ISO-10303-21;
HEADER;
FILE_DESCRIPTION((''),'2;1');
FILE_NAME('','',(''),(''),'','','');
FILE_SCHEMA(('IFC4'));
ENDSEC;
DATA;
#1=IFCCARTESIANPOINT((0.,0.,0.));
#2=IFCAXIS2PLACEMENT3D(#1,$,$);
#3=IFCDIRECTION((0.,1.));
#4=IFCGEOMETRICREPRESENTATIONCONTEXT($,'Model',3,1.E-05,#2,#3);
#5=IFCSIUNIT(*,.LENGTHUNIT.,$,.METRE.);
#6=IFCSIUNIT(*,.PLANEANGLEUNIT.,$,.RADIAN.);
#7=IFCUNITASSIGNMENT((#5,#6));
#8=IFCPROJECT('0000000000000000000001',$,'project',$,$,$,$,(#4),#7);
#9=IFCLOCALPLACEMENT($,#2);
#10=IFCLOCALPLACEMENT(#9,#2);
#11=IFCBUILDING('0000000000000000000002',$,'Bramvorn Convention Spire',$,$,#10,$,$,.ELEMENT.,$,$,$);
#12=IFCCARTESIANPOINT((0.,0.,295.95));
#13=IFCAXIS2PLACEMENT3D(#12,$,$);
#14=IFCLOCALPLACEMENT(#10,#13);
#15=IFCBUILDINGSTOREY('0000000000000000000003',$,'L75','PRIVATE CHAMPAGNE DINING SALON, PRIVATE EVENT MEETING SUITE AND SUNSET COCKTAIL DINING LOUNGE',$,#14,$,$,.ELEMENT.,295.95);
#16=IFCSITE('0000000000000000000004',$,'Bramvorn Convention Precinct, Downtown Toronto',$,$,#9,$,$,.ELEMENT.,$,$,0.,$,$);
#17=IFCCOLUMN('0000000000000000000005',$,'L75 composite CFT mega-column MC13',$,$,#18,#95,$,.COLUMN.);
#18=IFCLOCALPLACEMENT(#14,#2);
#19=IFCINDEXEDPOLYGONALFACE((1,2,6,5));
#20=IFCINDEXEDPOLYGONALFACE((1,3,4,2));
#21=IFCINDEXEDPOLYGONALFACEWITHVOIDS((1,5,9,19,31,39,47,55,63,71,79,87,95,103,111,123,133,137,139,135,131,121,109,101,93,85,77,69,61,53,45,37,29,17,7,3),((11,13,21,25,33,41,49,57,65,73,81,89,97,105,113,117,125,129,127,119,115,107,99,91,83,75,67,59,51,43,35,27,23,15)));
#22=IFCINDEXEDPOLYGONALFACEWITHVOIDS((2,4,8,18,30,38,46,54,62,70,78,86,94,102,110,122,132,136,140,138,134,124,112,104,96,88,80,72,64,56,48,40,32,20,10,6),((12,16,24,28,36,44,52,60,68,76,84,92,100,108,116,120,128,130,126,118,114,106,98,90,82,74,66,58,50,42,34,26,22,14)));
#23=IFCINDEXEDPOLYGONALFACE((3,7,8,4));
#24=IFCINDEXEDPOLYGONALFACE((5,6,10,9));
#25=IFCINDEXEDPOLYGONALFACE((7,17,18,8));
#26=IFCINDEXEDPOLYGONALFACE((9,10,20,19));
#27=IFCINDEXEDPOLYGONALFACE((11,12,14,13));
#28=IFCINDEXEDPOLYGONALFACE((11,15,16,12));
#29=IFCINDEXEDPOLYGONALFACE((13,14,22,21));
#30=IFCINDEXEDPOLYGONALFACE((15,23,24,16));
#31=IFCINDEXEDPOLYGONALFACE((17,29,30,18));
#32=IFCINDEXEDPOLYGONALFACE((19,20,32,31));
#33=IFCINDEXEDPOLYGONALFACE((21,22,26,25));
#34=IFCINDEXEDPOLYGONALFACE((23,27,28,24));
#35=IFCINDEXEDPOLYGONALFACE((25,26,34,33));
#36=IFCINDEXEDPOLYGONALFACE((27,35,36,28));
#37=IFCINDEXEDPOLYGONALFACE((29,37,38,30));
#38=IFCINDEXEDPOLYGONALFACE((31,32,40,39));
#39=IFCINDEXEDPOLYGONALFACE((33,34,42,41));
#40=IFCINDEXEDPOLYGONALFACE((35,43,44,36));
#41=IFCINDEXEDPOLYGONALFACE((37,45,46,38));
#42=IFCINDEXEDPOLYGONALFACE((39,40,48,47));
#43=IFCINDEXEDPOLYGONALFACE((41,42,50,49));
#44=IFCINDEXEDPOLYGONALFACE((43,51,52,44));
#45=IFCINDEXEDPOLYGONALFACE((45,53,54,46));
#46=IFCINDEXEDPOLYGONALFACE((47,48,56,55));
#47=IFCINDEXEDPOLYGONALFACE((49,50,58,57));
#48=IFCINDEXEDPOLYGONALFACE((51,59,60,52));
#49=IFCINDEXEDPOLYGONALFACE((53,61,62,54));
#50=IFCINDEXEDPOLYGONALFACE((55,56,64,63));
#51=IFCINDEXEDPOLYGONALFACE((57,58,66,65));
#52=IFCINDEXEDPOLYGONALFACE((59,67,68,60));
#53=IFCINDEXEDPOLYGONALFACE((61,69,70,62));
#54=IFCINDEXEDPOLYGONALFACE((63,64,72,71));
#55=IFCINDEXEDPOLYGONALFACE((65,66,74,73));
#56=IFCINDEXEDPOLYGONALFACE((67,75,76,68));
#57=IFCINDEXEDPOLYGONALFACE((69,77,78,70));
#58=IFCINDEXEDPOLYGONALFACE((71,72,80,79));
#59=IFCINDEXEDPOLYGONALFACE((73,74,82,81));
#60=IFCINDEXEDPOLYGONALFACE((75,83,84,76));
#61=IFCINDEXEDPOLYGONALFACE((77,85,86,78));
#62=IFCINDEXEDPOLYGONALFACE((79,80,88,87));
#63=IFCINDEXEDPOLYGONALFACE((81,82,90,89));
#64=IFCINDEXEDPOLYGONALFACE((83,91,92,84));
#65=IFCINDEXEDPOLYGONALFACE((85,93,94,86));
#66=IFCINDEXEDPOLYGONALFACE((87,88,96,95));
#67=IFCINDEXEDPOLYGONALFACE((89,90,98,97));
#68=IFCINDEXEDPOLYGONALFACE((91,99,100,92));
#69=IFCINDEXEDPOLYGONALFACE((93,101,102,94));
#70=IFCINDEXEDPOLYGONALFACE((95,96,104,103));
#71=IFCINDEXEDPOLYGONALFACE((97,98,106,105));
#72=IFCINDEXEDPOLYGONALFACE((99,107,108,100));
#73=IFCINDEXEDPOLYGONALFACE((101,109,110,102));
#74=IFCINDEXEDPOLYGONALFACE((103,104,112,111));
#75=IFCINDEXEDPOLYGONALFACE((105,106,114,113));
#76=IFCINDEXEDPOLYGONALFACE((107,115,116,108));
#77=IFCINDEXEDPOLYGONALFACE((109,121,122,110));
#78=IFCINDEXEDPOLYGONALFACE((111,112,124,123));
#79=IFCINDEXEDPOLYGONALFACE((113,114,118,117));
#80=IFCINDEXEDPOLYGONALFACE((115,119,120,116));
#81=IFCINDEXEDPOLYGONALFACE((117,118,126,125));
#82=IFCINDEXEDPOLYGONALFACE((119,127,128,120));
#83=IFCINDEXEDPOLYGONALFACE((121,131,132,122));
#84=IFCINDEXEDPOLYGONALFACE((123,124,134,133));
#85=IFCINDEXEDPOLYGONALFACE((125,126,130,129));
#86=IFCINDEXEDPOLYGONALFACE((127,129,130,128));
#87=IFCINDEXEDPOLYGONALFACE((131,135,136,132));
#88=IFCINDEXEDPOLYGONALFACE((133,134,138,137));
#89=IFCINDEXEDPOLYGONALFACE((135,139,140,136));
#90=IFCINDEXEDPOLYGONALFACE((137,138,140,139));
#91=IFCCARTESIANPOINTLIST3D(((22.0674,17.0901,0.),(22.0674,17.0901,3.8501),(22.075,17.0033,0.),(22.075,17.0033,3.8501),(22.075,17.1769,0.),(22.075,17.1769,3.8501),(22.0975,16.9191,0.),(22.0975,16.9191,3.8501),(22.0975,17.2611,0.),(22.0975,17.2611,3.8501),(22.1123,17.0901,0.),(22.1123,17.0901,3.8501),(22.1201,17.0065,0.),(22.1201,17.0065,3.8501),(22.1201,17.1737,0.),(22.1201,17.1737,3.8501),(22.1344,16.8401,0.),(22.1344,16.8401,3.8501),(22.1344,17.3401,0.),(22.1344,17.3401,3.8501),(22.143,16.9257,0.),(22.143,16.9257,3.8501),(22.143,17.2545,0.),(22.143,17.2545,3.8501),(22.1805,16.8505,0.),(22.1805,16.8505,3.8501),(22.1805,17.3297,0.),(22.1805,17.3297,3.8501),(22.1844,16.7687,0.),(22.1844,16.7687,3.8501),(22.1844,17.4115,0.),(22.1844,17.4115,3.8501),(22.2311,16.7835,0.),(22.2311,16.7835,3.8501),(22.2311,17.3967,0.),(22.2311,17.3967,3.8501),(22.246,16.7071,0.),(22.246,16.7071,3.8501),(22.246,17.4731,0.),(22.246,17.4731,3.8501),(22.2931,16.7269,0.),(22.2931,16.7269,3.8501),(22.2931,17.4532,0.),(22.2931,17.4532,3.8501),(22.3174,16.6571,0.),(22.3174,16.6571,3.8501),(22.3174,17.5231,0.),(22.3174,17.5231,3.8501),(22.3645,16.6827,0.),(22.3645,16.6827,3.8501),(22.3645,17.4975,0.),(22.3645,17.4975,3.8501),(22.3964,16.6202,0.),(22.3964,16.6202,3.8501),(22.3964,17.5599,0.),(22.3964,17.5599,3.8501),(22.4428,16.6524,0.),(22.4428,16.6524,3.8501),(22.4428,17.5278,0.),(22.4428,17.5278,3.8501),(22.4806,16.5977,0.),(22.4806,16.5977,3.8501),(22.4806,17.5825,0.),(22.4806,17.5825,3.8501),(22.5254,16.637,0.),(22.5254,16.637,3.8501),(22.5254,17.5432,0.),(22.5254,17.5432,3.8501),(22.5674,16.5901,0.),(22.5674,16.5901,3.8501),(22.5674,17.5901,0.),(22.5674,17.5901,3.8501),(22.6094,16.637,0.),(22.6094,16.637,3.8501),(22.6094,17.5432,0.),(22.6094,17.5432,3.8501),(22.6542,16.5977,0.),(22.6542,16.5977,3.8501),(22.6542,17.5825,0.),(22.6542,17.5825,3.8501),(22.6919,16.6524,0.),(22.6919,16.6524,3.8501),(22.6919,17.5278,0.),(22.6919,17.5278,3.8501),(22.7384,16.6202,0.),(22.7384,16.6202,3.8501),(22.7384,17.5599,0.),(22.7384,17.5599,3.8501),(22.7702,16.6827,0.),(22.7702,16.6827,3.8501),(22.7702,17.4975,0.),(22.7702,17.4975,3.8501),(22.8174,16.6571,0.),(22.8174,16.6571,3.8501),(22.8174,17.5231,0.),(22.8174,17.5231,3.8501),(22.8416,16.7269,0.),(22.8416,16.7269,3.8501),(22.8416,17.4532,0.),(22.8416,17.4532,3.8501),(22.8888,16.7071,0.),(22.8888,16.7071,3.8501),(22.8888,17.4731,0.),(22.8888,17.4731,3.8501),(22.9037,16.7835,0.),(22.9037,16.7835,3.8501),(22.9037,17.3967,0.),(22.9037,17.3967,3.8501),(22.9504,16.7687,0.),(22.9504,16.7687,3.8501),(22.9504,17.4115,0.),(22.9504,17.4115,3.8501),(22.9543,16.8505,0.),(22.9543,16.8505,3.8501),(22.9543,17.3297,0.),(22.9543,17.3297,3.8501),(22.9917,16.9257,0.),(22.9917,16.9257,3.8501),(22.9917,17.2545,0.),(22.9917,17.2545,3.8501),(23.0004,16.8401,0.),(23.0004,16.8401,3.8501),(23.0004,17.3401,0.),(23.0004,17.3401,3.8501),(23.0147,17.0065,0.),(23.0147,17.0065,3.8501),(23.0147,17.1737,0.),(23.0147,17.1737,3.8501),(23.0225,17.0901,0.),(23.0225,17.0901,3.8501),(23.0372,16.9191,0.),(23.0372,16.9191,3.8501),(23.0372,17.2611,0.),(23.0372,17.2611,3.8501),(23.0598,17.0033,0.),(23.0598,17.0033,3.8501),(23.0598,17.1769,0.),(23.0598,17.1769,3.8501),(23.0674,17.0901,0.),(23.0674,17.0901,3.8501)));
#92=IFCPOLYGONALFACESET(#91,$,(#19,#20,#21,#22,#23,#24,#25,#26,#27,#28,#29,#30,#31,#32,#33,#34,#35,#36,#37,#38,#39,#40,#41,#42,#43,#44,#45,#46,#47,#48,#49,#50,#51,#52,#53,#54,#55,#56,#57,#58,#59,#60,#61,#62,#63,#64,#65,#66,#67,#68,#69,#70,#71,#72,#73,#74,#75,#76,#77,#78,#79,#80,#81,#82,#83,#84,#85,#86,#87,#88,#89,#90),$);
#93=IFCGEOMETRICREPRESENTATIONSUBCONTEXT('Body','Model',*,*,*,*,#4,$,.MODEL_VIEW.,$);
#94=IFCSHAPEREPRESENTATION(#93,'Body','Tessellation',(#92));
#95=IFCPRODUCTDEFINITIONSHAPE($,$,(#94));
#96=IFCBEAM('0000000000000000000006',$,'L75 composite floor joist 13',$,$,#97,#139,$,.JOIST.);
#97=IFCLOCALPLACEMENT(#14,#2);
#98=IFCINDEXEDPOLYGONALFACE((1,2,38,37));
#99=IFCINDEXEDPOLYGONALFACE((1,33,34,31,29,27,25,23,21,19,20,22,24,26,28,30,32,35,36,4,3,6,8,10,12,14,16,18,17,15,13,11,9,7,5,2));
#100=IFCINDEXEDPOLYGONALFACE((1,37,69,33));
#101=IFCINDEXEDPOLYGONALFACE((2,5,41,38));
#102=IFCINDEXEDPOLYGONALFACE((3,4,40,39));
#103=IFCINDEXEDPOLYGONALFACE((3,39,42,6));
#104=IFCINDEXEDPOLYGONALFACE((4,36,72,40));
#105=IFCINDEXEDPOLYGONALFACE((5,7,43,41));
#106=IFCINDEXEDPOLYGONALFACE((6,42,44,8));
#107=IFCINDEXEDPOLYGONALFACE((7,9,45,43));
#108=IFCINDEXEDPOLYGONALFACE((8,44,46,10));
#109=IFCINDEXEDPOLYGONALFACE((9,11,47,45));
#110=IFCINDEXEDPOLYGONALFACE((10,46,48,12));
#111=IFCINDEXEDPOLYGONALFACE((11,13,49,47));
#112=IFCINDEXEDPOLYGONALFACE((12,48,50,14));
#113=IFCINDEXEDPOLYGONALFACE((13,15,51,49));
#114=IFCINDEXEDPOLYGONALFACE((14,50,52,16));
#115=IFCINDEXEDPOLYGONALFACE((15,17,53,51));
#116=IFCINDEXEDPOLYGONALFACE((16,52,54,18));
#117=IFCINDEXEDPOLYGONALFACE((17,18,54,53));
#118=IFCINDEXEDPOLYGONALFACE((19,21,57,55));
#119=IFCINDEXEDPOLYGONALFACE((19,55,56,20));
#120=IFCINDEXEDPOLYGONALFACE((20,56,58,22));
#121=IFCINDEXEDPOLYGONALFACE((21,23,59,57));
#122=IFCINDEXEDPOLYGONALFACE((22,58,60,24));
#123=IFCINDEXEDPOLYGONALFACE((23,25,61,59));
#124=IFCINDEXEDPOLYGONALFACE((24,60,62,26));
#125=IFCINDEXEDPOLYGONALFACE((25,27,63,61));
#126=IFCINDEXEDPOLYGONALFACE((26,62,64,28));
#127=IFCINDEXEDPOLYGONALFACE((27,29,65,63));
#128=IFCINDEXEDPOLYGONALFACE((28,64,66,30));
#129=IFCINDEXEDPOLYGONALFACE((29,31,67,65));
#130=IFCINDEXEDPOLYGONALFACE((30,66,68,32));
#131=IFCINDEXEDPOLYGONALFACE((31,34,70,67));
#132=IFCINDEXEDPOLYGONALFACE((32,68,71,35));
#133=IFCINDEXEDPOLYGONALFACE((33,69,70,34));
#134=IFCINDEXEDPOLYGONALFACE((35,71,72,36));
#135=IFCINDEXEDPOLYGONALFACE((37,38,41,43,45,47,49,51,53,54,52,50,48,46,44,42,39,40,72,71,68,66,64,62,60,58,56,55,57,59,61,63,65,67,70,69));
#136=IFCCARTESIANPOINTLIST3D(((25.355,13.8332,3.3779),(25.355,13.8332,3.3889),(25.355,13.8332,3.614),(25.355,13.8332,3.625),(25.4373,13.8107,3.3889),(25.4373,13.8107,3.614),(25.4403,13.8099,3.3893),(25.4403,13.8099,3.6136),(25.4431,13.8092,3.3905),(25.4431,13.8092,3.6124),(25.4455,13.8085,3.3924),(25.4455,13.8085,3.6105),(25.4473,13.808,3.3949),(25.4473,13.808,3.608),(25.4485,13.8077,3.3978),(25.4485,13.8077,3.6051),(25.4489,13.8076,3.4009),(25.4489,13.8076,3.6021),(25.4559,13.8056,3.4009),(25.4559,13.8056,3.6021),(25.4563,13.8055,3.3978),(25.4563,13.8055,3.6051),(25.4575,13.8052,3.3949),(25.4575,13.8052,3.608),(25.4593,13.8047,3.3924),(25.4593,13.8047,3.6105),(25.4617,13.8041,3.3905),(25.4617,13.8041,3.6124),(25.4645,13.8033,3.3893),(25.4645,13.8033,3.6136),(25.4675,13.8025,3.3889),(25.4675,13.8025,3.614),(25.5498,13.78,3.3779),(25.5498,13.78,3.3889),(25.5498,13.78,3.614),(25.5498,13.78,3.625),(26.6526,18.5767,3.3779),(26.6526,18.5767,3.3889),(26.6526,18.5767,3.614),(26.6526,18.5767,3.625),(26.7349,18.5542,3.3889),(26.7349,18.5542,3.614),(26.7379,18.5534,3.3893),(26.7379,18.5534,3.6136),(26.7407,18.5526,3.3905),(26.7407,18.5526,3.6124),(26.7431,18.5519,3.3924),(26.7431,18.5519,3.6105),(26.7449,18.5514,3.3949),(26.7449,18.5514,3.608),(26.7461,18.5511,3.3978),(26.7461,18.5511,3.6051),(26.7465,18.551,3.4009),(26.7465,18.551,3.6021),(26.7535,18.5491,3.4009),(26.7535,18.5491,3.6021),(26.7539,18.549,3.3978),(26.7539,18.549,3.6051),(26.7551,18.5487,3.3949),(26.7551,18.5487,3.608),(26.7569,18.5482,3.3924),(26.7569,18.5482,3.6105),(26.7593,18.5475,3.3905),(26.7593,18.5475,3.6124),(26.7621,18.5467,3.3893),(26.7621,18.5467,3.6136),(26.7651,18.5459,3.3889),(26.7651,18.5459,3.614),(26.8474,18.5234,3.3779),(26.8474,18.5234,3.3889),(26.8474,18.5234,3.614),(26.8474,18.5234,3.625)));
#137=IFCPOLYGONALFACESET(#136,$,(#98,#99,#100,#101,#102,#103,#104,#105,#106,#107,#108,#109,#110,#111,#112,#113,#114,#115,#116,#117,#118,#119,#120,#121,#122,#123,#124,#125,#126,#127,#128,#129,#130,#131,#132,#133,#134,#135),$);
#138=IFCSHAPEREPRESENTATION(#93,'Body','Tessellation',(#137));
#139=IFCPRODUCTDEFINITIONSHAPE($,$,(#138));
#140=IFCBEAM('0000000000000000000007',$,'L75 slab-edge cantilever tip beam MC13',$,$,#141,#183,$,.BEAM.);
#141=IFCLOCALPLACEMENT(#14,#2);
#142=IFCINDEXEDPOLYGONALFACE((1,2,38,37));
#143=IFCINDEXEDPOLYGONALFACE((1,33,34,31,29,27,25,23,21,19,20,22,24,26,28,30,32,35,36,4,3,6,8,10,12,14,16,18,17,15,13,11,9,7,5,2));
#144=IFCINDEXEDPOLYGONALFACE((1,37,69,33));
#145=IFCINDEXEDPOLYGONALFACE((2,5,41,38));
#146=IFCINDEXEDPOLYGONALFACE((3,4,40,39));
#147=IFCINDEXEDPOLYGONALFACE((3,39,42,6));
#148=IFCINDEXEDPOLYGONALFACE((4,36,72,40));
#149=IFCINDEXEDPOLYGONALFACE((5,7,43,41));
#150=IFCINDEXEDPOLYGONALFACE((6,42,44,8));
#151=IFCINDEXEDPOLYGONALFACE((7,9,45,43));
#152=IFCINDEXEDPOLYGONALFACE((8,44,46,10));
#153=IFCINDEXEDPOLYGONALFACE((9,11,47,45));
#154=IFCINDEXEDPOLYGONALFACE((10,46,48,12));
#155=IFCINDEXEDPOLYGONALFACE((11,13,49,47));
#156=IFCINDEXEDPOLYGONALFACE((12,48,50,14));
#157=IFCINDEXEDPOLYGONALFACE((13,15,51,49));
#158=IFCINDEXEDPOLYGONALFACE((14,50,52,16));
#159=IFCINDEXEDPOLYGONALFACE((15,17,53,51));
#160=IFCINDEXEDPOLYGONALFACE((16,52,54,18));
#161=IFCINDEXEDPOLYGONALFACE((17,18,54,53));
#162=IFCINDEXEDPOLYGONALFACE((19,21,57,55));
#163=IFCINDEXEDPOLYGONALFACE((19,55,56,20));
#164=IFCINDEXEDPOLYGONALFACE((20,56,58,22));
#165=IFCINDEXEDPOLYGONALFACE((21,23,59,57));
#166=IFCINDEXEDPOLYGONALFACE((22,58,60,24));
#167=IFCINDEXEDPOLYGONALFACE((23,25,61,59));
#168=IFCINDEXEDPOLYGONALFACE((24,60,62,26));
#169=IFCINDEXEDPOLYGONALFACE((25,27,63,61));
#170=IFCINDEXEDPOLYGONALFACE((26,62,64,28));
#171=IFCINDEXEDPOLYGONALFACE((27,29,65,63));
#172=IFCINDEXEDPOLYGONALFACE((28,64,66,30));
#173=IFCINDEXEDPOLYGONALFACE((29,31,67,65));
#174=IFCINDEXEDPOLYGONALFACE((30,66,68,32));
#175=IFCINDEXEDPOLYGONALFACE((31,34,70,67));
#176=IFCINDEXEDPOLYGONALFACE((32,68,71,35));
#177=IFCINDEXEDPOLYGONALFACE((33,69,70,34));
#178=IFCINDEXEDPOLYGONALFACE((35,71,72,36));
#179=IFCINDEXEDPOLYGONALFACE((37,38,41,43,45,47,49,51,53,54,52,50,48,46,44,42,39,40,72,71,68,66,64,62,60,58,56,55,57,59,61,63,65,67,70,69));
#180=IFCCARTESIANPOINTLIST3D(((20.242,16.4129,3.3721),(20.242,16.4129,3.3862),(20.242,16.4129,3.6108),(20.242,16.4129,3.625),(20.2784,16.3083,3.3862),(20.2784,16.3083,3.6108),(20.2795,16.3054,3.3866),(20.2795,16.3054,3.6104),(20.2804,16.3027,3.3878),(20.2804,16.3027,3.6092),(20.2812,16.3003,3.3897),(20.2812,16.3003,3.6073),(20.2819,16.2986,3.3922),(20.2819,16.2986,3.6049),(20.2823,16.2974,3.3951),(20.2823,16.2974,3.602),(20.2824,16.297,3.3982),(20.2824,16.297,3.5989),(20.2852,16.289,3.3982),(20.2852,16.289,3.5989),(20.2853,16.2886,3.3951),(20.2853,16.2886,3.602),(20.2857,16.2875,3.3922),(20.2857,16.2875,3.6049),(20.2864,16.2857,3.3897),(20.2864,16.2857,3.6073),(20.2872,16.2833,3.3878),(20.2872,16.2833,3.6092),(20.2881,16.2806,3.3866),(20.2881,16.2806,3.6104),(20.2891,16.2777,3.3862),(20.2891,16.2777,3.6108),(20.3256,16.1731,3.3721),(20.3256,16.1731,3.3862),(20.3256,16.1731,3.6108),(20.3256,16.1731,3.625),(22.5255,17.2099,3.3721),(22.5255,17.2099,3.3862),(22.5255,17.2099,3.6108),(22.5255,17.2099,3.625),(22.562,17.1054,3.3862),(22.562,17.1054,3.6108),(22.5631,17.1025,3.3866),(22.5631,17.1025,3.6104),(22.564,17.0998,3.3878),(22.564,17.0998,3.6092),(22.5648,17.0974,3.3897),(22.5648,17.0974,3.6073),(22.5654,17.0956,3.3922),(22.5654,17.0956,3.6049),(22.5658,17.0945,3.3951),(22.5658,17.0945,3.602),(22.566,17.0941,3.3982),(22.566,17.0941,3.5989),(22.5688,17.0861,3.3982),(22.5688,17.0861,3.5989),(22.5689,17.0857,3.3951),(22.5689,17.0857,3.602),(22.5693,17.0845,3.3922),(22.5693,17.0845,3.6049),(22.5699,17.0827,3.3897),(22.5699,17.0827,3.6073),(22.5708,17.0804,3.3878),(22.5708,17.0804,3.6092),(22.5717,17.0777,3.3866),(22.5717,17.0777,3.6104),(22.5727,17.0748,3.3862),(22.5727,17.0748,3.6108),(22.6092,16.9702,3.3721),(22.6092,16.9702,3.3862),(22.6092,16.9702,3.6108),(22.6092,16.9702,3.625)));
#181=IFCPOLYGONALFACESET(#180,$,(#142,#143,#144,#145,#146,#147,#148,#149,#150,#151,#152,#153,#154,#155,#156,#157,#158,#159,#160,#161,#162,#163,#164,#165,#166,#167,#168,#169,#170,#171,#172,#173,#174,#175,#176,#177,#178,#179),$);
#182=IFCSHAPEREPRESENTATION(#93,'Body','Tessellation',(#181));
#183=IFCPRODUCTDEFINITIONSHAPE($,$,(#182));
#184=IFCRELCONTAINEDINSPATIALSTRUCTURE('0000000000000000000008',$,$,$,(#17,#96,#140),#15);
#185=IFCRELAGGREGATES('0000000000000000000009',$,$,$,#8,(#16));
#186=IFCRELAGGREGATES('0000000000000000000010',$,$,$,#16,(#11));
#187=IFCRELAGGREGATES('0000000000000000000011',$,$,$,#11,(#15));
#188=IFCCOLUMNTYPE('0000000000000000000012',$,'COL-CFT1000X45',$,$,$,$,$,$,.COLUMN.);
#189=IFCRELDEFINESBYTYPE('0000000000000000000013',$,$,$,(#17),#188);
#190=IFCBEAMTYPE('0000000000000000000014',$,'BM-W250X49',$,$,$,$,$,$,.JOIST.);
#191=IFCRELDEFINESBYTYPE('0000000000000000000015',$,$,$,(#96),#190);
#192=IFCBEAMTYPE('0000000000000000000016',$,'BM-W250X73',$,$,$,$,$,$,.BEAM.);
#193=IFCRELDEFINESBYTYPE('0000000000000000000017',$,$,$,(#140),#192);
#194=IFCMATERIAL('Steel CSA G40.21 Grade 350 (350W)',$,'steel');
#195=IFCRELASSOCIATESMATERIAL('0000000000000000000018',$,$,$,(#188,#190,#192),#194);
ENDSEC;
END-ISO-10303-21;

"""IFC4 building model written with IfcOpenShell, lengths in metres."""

from ifc_helpers import new_model, si_unit, direction, frame, origin, origin_2d, place, context, subcontext, project, spatial, hollow_circle, i_section, extrude, material, material_profile, profile_set, type_object, element, save


model = new_model("IFC4")

# Units and contexts
model_context = context("Model", 3, precision=1e-05, world=origin(), true_north=direction((0.0, 1.0)))
body_context = subcontext(model_context, "Body", "Model", "MODEL_VIEW")
ifc_project = project(units=[si_unit("LENGTHUNIT", "METRE"), si_unit("PLANEANGLEUNIT", "RADIAN")], contexts=[model_context])

# Site, building, storey
site_placement = place(None, origin())
site = spatial("IfcSite", under=ifc_project, at=site_placement, Name="Bramvorn Convention Precinct, Downtown Toronto", CompositionType="ELEMENT", RefElevation=0.0)
building_placement = place(site_placement, origin())
building = spatial("IfcBuilding", under=site, at=building_placement, Name="Bramvorn Convention Spire", CompositionType="ELEMENT")
storey_placement = place(building_placement, frame((0.0, 0.0, 295.95)))
storey = spatial("IfcBuildingStorey", under=building, at=storey_placement, Name="L75", Description="PRIVATE CHAMPAGNE DINING SALON, PRIVATE EVENT MEETING SUITE AND SUNSET COCKTAIL DINING LOUNGE", CompositionType="ELEMENT", Elevation=295.95)

# Column
ifc_material_1 = material(Name="Steel CSA G40.21 Grade 350 (350W)", Category="steel")
ifc_material_profile_1 = material_profile(ifc_material_1, hollow_circle(Radius=0.5, WallThickness=0.0449, at=origin_2d()))
ifc_profile_set_1 = profile_set([ifc_material_profile_1], Name="Steel CSA G40.21 Grade 350 (350W) - CFT1000X45")
column_type = type_object("IfcColumnType", Name="COL-CFT1000X45", PredefinedType="COLUMN", material=ifc_profile_set_1)
column_placement = place(storey_placement, frame((22.5674, 17.0901, 0.0), z_axis=(0.0, 0.0, 1.0), x_axis=(1.0, 0.0, 0.0)))
element("IfcColumn", 1, at=column_placement, inside=storey, type_object=column_type, Name="L75 composite CFT mega-column MC13", PredefinedType="COLUMN", context=body_context, shape_type="SweptSolid", body=[
    extrude(hollow_circle(Radius=0.5, WallThickness=0.0449, at=origin_2d()), origin(), (0.0, 0.0, 1.0), 3.8501),
])

# Beams
ifc_material_profile_2 = material_profile(ifc_material_1, i_section(OverallWidth=0.2019, OverallDepth=0.2471, WebThickness=0.0073, FlangeThickness=0.011, FilletRadius=0.012, at=origin_2d()))
ifc_profile_set_2 = profile_set([ifc_material_profile_2], Name="Steel CSA G40.21 Grade 350 (350W) - W250X49")
beam_type_1 = type_object("IfcBeamType", Name="BM-W250X49", PredefinedType="JOIST", material=ifc_profile_set_2)
beam_1_placement = place(storey_placement, frame((26.75, 18.55, 3.5015), z_axis=(-0.263865, -0.96456, 0.0), x_axis=(0.96456, -0.263865, 0.0)))
element("IfcBeam", 2, at=beam_1_placement, inside=storey, type_object=beam_type_1, Name="L75 composite floor joist 13", PredefinedType="JOIST", context=body_context, shape_type="SweptSolid", body=[
    extrude(i_section(OverallWidth=0.2019, OverallDepth=0.2471, WebThickness=0.0073, FlangeThickness=0.011, FilletRadius=0.012, at=origin_2d()), origin(), (0.0, 0.0, 1.0), 4.9177),
])
ifc_material_profile_3 = material_profile(ifc_material_1, i_section(OverallWidth=0.2539, OverallDepth=0.2529, WebThickness=0.0085, FlangeThickness=0.0142, FilletRadius=0.012, at=origin_2d()))
ifc_profile_set_3 = profile_set([ifc_material_profile_3], Name="Steel CSA G40.21 Grade 350 (350W) - W250X73")
beam_type_2 = type_object("IfcBeamType", Name="BM-W250X73", PredefinedType="BEAM", material=ifc_profile_set_3)
beam_2_placement = place(storey_placement, frame((22.5674, 17.0901, 3.4985), z_axis=(-0.944138, -0.32955, 0.0), x_axis=(0.32955, -0.944138, 0.0)))
element("IfcBeam", 3, at=beam_2_placement, inside=storey, type_object=beam_type_2, Name="L75 slab-edge cantilever tip beam MC13", PredefinedType="BEAM", context=body_context, shape_type="SweptSolid", body=[
    extrude(i_section(OverallWidth=0.2539, OverallDepth=0.2529, WebThickness=0.0085, FlangeThickness=0.0142, FilletRadius=0.012, at=origin_2d()), origin(), (0.0, 0.0, 1.0), 2.4187),
])

save(model, "model.ifc")
